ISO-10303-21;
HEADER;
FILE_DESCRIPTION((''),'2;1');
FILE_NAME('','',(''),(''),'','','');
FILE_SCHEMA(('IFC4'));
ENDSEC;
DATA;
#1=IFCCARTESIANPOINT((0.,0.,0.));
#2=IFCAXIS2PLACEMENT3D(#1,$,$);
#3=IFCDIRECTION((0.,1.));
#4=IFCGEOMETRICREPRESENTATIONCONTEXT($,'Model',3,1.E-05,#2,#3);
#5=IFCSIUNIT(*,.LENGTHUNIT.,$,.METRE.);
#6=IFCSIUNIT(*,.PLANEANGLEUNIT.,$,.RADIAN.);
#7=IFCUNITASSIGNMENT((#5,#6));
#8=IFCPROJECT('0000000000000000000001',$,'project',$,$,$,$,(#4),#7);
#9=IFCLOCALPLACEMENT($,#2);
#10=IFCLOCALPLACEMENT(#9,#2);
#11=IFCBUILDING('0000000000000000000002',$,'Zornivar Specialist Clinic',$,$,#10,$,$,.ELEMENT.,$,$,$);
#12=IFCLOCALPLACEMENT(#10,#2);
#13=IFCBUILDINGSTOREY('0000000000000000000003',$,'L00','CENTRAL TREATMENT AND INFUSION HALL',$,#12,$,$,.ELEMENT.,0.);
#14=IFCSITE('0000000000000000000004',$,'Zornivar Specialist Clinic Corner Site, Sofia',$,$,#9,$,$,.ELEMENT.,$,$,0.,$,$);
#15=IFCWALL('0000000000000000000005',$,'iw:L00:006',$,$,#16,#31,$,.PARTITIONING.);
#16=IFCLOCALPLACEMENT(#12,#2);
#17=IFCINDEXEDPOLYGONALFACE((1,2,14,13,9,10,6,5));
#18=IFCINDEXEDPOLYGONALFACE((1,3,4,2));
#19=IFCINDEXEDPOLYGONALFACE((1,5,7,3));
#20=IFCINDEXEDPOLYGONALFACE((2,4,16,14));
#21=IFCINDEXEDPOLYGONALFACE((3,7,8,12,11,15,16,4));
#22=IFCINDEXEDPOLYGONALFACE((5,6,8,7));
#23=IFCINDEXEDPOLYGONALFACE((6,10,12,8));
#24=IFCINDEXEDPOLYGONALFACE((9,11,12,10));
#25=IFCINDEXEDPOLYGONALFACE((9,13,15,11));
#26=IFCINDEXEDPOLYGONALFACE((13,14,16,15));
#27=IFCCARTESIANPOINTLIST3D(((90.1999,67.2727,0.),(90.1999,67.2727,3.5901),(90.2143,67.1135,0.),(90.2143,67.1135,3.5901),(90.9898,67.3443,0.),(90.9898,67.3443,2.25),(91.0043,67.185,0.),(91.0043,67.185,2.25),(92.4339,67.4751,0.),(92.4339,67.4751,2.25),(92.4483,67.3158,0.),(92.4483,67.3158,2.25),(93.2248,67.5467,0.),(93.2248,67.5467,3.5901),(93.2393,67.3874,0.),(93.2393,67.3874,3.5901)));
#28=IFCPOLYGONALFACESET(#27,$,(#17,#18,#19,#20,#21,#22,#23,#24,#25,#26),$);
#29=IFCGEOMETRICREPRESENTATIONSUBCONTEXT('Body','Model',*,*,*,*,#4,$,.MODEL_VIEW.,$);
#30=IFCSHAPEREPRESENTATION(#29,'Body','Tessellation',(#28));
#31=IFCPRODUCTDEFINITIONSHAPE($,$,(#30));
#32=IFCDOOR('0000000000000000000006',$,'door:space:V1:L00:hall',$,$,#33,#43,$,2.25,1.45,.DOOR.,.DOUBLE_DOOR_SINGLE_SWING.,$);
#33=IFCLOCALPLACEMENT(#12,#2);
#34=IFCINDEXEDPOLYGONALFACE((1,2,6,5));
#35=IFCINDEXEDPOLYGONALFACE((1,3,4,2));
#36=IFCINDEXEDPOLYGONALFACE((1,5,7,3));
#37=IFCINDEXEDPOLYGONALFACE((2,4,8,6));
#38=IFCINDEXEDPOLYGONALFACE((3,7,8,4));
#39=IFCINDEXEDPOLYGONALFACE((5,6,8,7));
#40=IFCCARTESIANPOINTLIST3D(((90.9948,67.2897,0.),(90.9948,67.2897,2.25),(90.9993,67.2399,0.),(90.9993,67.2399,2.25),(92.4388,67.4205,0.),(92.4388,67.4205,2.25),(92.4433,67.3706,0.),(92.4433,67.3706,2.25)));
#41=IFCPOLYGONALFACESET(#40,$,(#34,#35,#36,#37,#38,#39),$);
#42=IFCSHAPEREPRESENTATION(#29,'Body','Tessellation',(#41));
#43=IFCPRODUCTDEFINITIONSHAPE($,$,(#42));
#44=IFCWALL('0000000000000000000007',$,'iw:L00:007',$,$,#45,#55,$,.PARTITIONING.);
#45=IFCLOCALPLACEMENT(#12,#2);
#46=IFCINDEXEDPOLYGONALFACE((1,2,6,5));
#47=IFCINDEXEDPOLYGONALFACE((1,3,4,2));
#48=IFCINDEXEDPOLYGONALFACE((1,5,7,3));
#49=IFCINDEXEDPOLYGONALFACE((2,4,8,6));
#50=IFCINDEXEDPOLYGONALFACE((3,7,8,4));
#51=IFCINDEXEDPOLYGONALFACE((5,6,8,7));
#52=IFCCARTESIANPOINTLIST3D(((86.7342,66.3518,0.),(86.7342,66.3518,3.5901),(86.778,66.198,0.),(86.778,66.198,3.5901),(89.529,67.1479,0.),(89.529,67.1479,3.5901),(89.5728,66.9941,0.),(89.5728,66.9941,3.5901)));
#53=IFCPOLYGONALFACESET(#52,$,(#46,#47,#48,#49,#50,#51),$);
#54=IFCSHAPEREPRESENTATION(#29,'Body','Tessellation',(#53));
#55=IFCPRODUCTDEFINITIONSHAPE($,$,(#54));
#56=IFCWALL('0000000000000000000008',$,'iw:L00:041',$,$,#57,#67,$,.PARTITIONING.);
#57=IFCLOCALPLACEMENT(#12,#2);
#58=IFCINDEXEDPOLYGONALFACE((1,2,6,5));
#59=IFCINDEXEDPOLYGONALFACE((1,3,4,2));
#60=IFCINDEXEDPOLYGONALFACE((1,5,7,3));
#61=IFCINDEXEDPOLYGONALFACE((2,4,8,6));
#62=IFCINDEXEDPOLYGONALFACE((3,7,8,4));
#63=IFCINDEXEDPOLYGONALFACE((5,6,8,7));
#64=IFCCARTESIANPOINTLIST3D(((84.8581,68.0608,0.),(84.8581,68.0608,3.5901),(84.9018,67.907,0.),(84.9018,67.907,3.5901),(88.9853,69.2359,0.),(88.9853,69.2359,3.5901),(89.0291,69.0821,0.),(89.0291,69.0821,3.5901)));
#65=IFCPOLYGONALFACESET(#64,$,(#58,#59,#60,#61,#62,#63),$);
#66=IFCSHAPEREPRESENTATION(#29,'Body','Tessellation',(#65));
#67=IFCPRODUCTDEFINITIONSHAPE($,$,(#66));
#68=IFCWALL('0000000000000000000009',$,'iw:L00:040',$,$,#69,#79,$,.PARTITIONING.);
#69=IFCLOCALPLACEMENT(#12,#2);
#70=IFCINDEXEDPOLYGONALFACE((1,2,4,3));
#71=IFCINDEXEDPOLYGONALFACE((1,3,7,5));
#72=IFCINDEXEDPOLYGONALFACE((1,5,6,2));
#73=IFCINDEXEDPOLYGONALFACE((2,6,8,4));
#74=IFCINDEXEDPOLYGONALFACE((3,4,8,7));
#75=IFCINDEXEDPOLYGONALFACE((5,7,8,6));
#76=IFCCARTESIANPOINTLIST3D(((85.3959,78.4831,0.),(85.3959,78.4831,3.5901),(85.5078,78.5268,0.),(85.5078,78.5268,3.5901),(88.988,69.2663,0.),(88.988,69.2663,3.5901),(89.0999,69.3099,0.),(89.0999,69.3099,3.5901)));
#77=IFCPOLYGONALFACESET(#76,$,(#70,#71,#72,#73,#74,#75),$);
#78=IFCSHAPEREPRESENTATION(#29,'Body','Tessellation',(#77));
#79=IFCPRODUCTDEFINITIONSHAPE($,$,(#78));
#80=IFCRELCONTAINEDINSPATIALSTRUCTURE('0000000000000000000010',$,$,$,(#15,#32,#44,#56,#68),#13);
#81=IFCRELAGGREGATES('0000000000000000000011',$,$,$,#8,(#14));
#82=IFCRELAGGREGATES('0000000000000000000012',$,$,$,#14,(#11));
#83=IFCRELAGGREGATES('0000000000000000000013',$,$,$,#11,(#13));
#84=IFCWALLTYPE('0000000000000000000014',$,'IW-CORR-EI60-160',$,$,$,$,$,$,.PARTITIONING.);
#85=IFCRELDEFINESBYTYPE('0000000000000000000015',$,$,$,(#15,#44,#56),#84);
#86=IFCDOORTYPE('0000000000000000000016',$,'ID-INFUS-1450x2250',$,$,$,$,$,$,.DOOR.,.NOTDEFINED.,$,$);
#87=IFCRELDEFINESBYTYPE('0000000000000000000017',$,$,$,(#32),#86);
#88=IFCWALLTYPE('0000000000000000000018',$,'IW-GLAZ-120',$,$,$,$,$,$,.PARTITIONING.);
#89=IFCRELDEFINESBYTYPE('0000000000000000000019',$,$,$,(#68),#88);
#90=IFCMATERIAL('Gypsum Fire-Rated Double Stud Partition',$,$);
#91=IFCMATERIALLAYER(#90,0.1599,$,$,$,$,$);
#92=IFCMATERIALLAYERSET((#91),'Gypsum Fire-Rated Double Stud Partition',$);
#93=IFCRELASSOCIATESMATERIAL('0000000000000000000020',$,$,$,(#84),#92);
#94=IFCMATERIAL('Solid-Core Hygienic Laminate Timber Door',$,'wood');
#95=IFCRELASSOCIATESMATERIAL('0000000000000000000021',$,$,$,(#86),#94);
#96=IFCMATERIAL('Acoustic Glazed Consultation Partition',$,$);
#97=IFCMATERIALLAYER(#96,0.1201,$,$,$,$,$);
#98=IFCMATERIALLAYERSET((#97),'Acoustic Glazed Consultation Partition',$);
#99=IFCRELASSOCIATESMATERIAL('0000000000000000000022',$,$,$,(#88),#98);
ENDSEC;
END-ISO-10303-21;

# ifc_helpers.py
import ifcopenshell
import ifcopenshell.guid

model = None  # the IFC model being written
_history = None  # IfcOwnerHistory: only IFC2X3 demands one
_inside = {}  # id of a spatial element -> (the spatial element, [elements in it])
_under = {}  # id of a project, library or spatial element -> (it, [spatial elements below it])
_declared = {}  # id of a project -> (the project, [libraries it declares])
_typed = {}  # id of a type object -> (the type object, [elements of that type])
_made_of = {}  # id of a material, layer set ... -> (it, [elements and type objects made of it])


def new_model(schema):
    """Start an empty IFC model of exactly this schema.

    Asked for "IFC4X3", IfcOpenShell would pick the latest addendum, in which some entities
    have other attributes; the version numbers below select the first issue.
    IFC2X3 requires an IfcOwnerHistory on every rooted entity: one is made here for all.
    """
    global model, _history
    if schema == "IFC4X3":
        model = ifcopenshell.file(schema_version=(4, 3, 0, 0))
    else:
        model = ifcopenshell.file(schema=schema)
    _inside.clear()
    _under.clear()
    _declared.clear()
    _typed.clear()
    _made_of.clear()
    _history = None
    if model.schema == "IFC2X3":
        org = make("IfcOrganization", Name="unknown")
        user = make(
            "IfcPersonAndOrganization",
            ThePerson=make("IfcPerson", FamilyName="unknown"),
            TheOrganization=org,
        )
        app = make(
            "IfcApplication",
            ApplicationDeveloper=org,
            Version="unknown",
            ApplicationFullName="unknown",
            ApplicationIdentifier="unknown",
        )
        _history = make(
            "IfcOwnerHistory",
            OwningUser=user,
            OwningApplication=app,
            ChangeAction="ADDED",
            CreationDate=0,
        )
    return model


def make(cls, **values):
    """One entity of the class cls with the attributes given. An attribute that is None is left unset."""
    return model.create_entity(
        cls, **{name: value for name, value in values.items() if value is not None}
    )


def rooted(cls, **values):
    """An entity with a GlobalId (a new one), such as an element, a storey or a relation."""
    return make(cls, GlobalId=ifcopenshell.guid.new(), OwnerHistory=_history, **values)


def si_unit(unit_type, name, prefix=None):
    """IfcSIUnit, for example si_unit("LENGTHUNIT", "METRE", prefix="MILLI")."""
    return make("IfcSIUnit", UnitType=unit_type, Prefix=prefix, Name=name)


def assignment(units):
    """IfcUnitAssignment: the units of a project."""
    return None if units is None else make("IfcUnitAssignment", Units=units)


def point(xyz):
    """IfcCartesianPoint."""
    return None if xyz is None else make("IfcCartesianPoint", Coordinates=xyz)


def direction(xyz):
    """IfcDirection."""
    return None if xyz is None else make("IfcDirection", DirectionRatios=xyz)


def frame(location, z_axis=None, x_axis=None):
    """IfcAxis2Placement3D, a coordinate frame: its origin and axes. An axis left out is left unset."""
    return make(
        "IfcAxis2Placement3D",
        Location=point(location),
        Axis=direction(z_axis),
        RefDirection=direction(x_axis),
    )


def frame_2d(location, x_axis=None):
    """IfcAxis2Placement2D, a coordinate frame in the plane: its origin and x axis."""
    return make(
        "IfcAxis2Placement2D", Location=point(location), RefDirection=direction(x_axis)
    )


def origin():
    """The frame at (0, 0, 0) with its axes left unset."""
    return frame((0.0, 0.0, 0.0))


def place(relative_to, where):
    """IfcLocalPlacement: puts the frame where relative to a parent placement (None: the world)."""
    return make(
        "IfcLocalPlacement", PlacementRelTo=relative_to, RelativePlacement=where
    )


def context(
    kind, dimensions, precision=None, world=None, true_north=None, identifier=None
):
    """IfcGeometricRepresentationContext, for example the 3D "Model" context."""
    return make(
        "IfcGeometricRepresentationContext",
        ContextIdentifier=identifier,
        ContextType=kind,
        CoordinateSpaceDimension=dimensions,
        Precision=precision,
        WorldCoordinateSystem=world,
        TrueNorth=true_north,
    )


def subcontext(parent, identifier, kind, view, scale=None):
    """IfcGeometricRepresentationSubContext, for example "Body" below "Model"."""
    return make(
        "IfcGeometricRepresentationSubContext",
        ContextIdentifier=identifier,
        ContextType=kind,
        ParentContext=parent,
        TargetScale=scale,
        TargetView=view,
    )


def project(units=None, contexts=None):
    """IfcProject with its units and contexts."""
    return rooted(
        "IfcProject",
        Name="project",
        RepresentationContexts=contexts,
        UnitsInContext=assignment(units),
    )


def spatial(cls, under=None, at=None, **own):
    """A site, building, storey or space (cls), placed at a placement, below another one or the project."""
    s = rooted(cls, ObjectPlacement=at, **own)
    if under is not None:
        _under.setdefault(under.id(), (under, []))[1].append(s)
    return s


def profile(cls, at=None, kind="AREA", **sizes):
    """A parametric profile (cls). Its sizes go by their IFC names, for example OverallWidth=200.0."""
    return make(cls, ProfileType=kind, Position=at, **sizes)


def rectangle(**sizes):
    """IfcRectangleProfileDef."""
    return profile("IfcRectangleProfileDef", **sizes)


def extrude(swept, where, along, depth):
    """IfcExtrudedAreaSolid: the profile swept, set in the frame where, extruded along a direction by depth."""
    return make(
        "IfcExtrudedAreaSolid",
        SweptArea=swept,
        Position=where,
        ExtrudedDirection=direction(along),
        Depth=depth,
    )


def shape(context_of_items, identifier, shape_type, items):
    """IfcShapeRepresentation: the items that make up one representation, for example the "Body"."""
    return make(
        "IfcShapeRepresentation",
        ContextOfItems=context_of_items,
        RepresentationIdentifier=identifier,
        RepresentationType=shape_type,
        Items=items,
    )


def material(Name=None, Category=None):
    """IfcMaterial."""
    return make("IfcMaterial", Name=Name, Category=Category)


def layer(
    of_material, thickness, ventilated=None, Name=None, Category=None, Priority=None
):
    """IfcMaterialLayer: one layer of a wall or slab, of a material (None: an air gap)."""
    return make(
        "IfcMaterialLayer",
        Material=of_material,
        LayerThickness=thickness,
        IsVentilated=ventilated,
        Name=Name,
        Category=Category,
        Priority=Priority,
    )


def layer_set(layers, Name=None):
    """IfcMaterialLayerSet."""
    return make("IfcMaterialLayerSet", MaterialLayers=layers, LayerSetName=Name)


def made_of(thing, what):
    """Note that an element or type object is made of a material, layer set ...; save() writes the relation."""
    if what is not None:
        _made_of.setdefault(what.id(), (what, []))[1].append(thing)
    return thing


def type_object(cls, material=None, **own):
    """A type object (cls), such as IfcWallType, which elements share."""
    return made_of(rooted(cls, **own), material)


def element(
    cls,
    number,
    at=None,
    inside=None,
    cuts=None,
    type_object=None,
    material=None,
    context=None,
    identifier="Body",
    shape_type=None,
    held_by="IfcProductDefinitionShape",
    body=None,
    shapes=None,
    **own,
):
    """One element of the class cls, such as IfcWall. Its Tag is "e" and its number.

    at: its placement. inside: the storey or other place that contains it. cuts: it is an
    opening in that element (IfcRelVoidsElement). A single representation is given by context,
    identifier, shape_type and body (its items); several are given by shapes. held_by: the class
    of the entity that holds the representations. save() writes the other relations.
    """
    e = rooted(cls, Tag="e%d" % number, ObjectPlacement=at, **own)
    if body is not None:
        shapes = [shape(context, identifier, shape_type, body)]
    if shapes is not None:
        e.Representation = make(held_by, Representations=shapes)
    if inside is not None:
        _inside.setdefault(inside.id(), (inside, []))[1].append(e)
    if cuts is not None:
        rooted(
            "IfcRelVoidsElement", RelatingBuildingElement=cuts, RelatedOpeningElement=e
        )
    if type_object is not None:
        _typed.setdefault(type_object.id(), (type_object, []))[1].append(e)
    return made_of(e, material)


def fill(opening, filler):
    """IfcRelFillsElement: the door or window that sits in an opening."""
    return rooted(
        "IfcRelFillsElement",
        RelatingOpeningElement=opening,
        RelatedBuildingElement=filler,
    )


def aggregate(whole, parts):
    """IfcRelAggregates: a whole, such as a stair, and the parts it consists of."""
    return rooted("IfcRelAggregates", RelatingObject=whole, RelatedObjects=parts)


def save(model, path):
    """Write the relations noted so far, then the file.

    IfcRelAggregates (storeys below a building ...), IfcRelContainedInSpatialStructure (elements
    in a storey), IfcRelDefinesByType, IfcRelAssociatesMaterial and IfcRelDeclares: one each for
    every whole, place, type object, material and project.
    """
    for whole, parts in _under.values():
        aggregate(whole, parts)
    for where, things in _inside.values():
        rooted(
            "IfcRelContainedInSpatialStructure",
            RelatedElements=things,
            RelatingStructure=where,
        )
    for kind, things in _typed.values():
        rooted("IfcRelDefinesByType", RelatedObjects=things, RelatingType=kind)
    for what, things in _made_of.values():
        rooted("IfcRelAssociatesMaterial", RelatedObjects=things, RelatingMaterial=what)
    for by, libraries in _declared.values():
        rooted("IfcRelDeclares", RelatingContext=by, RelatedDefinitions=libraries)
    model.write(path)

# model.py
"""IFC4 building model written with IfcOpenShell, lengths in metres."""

from ifc_helpers import new_model, si_unit, direction, frame, frame_2d, origin, place, context, subcontext, project, spatial, rectangle, extrude, material, layer, layer_set, type_object, element, fill, save


model = new_model("IFC4")

# Units and contexts
model_context = context("Model", 3, precision=1e-05, world=origin(), true_north=direction((0.0, 1.0)))
body_context = subcontext(model_context, "Body", "Model", "MODEL_VIEW")
ifc_project = project(units=[si_unit("LENGTHUNIT", "METRE"), si_unit("PLANEANGLEUNIT", "RADIAN")], contexts=[model_context])

# Site, building, storey
site_placement = place(None, origin())
site = spatial("IfcSite", under=ifc_project, at=site_placement, Name="Zornivar Specialist Clinic Corner Site, Sofia", CompositionType="ELEMENT", RefElevation=0.0)
building_placement = place(site_placement, origin())
building = spatial("IfcBuilding", under=site, at=building_placement, Name="Zornivar Specialist Clinic", CompositionType="ELEMENT")
storey_placement = place(building_placement, origin())
storey = spatial("IfcBuildingStorey", under=building, at=storey_placement, Name="L00", Description="CENTRAL TREATMENT AND INFUSION HALL", CompositionType="ELEMENT", Elevation=0.0)

# Wall, opening, door
ifc_material_1 = material(Name="Gypsum Fire-Rated Double Stud Partition")
ifc_layer_1 = layer(ifc_material_1, 0.1599)
ifc_layer_set_1 = layer_set([ifc_layer_1], Name="Gypsum Fire-Rated Double Stud Partition")
wall_type_1 = type_object("IfcWallType", Name="IW-CORR-EI60-160", PredefinedType="PARTITIONING", material=ifc_layer_set_1)
wall_1_placement = place(storey_placement, frame((93.2319, 67.467, 0.0), z_axis=(0.0, 0.0, 1.0), x_axis=(-0.995925, -0.090188, 0.0)))
wall_1 = element("IfcWall", 1, at=wall_1_placement, inside=storey, type_object=wall_type_1, Name="iw:L00:006", PredefinedType="PARTITIONING", context=body_context, shape_type="SweptSolid", body=[
    extrude(rectangle(XDim=3.0374, YDim=0.1599, at=frame_2d((1.5186, 0.0))), origin(), (0.0, 0.0, 1.0), 3.5901),
])
opening_placement = place(wall_1_placement, frame((0.7939, 0.0, 0.0)))
opening = element("IfcOpeningElement", 2, at=opening_placement, cuts=wall_1, PredefinedType="OPENING", context=body_context, shape_type="SweptSolid", body=[
    extrude(rectangle(XDim=1.45, YDim=2.25, at=frame_2d((0.7251, 1.125))), frame((0.0, 0.0898, 0.0), z_axis=(0.0, -1.0, 0.0), x_axis=(1.0, 0.0, 0.0)), (0.0, 0.0, 1.0), 0.1799),
])
ifc_material_2 = material(Name="Solid-Core Hygienic Laminate Timber Door", Category="wood")
door_type = type_object("IfcDoorType", Name="ID-INFUS-1450x2250", OperationType="NOTDEFINED", PredefinedType="DOOR", material=ifc_material_2)
door_placement = place(opening_placement, origin())
door = element("IfcDoor", 3, at=door_placement, inside=storey, type_object=door_type, Name="door:space:V1:L00:hall", OperationType="DOUBLE_DOOR_SINGLE_SWING", OverallHeight=2.25, OverallWidth=1.45, PredefinedType="DOOR", context=body_context, shape_type="SweptSolid", body=[
    extrude(rectangle(XDim=1.45, YDim=2.25, at=frame_2d((0.7251, 1.125))), frame((0.0, 0.0249, 0.0), z_axis=(0.0, -1.0, 0.0), x_axis=(1.0, 0.0, 0.0)), (0.0, 0.0, 1.0), 0.05),
])
fill(opening, door)

# Walls
wall_2_placement = place(storey_placement, frame((89.551, 67.071, 0.0), z_axis=(0.0, 0.0, 1.0), x_axis=(-0.961742, -0.273955, 0.0)))
element("IfcWall", 4, at=wall_2_placement, inside=storey, type_object=wall_type_1, Name="iw:L00:007", PredefinedType="PARTITIONING", context=body_context, shape_type="SweptSolid", body=[
    extrude(rectangle(XDim=2.906, YDim=0.1599, at=frame_2d((1.4531, 0.0))), origin(), (0.0, 0.0, 1.0), 3.5901),
])
wall_3_placement = place(storey_placement, frame((89.0071, 69.1589, 0.0), z_axis=(0.0, 0.0, 1.0), x_axis=(-0.961779, -0.273827, 0.0)))
element("IfcWall", 5, at=wall_3_placement, inside=storey, type_object=wall_type_1, Name="iw:L00:041", PredefinedType="PARTITIONING", context=body_context, shape_type="SweptSolid", body=[
    extrude(rectangle(XDim=4.2913, YDim=0.1599, at=frame_2d((2.1455, 0.0))), origin(), (0.0, 0.0, 1.0), 3.5901),
])
ifc_material_3 = material(Name="Acoustic Glazed Consultation Partition")
ifc_layer_2 = layer(ifc_material_3, 0.1201)
ifc_layer_set_2 = layer_set([ifc_layer_2], Name="Acoustic Glazed Consultation Partition")
wall_type_2 = type_object("IfcWallType", Name="IW-GLAZ-120", PredefinedType="PARTITIONING", material=ifc_layer_set_2)
wall_4_placement = place(storey_placement, frame((89.0439, 69.2881, 0.0), z_axis=(0.0, 0.0, 1.0), x_axis=(-0.363125, 0.93174, 0.0)))
element("IfcWall", 6, at=wall_4_placement, inside=storey, type_object=wall_type_2, Name="iw:L00:040", PredefinedType="PARTITIONING", context=body_context, shape_type="SweptSolid", body=[
    extrude(rectangle(XDim=9.8921, YDim=0.1201, at=frame_2d((4.946, 0.0))), origin(), (0.0, 0.0, 1.0), 3.5901),
])

save(model, "model.ifc")
